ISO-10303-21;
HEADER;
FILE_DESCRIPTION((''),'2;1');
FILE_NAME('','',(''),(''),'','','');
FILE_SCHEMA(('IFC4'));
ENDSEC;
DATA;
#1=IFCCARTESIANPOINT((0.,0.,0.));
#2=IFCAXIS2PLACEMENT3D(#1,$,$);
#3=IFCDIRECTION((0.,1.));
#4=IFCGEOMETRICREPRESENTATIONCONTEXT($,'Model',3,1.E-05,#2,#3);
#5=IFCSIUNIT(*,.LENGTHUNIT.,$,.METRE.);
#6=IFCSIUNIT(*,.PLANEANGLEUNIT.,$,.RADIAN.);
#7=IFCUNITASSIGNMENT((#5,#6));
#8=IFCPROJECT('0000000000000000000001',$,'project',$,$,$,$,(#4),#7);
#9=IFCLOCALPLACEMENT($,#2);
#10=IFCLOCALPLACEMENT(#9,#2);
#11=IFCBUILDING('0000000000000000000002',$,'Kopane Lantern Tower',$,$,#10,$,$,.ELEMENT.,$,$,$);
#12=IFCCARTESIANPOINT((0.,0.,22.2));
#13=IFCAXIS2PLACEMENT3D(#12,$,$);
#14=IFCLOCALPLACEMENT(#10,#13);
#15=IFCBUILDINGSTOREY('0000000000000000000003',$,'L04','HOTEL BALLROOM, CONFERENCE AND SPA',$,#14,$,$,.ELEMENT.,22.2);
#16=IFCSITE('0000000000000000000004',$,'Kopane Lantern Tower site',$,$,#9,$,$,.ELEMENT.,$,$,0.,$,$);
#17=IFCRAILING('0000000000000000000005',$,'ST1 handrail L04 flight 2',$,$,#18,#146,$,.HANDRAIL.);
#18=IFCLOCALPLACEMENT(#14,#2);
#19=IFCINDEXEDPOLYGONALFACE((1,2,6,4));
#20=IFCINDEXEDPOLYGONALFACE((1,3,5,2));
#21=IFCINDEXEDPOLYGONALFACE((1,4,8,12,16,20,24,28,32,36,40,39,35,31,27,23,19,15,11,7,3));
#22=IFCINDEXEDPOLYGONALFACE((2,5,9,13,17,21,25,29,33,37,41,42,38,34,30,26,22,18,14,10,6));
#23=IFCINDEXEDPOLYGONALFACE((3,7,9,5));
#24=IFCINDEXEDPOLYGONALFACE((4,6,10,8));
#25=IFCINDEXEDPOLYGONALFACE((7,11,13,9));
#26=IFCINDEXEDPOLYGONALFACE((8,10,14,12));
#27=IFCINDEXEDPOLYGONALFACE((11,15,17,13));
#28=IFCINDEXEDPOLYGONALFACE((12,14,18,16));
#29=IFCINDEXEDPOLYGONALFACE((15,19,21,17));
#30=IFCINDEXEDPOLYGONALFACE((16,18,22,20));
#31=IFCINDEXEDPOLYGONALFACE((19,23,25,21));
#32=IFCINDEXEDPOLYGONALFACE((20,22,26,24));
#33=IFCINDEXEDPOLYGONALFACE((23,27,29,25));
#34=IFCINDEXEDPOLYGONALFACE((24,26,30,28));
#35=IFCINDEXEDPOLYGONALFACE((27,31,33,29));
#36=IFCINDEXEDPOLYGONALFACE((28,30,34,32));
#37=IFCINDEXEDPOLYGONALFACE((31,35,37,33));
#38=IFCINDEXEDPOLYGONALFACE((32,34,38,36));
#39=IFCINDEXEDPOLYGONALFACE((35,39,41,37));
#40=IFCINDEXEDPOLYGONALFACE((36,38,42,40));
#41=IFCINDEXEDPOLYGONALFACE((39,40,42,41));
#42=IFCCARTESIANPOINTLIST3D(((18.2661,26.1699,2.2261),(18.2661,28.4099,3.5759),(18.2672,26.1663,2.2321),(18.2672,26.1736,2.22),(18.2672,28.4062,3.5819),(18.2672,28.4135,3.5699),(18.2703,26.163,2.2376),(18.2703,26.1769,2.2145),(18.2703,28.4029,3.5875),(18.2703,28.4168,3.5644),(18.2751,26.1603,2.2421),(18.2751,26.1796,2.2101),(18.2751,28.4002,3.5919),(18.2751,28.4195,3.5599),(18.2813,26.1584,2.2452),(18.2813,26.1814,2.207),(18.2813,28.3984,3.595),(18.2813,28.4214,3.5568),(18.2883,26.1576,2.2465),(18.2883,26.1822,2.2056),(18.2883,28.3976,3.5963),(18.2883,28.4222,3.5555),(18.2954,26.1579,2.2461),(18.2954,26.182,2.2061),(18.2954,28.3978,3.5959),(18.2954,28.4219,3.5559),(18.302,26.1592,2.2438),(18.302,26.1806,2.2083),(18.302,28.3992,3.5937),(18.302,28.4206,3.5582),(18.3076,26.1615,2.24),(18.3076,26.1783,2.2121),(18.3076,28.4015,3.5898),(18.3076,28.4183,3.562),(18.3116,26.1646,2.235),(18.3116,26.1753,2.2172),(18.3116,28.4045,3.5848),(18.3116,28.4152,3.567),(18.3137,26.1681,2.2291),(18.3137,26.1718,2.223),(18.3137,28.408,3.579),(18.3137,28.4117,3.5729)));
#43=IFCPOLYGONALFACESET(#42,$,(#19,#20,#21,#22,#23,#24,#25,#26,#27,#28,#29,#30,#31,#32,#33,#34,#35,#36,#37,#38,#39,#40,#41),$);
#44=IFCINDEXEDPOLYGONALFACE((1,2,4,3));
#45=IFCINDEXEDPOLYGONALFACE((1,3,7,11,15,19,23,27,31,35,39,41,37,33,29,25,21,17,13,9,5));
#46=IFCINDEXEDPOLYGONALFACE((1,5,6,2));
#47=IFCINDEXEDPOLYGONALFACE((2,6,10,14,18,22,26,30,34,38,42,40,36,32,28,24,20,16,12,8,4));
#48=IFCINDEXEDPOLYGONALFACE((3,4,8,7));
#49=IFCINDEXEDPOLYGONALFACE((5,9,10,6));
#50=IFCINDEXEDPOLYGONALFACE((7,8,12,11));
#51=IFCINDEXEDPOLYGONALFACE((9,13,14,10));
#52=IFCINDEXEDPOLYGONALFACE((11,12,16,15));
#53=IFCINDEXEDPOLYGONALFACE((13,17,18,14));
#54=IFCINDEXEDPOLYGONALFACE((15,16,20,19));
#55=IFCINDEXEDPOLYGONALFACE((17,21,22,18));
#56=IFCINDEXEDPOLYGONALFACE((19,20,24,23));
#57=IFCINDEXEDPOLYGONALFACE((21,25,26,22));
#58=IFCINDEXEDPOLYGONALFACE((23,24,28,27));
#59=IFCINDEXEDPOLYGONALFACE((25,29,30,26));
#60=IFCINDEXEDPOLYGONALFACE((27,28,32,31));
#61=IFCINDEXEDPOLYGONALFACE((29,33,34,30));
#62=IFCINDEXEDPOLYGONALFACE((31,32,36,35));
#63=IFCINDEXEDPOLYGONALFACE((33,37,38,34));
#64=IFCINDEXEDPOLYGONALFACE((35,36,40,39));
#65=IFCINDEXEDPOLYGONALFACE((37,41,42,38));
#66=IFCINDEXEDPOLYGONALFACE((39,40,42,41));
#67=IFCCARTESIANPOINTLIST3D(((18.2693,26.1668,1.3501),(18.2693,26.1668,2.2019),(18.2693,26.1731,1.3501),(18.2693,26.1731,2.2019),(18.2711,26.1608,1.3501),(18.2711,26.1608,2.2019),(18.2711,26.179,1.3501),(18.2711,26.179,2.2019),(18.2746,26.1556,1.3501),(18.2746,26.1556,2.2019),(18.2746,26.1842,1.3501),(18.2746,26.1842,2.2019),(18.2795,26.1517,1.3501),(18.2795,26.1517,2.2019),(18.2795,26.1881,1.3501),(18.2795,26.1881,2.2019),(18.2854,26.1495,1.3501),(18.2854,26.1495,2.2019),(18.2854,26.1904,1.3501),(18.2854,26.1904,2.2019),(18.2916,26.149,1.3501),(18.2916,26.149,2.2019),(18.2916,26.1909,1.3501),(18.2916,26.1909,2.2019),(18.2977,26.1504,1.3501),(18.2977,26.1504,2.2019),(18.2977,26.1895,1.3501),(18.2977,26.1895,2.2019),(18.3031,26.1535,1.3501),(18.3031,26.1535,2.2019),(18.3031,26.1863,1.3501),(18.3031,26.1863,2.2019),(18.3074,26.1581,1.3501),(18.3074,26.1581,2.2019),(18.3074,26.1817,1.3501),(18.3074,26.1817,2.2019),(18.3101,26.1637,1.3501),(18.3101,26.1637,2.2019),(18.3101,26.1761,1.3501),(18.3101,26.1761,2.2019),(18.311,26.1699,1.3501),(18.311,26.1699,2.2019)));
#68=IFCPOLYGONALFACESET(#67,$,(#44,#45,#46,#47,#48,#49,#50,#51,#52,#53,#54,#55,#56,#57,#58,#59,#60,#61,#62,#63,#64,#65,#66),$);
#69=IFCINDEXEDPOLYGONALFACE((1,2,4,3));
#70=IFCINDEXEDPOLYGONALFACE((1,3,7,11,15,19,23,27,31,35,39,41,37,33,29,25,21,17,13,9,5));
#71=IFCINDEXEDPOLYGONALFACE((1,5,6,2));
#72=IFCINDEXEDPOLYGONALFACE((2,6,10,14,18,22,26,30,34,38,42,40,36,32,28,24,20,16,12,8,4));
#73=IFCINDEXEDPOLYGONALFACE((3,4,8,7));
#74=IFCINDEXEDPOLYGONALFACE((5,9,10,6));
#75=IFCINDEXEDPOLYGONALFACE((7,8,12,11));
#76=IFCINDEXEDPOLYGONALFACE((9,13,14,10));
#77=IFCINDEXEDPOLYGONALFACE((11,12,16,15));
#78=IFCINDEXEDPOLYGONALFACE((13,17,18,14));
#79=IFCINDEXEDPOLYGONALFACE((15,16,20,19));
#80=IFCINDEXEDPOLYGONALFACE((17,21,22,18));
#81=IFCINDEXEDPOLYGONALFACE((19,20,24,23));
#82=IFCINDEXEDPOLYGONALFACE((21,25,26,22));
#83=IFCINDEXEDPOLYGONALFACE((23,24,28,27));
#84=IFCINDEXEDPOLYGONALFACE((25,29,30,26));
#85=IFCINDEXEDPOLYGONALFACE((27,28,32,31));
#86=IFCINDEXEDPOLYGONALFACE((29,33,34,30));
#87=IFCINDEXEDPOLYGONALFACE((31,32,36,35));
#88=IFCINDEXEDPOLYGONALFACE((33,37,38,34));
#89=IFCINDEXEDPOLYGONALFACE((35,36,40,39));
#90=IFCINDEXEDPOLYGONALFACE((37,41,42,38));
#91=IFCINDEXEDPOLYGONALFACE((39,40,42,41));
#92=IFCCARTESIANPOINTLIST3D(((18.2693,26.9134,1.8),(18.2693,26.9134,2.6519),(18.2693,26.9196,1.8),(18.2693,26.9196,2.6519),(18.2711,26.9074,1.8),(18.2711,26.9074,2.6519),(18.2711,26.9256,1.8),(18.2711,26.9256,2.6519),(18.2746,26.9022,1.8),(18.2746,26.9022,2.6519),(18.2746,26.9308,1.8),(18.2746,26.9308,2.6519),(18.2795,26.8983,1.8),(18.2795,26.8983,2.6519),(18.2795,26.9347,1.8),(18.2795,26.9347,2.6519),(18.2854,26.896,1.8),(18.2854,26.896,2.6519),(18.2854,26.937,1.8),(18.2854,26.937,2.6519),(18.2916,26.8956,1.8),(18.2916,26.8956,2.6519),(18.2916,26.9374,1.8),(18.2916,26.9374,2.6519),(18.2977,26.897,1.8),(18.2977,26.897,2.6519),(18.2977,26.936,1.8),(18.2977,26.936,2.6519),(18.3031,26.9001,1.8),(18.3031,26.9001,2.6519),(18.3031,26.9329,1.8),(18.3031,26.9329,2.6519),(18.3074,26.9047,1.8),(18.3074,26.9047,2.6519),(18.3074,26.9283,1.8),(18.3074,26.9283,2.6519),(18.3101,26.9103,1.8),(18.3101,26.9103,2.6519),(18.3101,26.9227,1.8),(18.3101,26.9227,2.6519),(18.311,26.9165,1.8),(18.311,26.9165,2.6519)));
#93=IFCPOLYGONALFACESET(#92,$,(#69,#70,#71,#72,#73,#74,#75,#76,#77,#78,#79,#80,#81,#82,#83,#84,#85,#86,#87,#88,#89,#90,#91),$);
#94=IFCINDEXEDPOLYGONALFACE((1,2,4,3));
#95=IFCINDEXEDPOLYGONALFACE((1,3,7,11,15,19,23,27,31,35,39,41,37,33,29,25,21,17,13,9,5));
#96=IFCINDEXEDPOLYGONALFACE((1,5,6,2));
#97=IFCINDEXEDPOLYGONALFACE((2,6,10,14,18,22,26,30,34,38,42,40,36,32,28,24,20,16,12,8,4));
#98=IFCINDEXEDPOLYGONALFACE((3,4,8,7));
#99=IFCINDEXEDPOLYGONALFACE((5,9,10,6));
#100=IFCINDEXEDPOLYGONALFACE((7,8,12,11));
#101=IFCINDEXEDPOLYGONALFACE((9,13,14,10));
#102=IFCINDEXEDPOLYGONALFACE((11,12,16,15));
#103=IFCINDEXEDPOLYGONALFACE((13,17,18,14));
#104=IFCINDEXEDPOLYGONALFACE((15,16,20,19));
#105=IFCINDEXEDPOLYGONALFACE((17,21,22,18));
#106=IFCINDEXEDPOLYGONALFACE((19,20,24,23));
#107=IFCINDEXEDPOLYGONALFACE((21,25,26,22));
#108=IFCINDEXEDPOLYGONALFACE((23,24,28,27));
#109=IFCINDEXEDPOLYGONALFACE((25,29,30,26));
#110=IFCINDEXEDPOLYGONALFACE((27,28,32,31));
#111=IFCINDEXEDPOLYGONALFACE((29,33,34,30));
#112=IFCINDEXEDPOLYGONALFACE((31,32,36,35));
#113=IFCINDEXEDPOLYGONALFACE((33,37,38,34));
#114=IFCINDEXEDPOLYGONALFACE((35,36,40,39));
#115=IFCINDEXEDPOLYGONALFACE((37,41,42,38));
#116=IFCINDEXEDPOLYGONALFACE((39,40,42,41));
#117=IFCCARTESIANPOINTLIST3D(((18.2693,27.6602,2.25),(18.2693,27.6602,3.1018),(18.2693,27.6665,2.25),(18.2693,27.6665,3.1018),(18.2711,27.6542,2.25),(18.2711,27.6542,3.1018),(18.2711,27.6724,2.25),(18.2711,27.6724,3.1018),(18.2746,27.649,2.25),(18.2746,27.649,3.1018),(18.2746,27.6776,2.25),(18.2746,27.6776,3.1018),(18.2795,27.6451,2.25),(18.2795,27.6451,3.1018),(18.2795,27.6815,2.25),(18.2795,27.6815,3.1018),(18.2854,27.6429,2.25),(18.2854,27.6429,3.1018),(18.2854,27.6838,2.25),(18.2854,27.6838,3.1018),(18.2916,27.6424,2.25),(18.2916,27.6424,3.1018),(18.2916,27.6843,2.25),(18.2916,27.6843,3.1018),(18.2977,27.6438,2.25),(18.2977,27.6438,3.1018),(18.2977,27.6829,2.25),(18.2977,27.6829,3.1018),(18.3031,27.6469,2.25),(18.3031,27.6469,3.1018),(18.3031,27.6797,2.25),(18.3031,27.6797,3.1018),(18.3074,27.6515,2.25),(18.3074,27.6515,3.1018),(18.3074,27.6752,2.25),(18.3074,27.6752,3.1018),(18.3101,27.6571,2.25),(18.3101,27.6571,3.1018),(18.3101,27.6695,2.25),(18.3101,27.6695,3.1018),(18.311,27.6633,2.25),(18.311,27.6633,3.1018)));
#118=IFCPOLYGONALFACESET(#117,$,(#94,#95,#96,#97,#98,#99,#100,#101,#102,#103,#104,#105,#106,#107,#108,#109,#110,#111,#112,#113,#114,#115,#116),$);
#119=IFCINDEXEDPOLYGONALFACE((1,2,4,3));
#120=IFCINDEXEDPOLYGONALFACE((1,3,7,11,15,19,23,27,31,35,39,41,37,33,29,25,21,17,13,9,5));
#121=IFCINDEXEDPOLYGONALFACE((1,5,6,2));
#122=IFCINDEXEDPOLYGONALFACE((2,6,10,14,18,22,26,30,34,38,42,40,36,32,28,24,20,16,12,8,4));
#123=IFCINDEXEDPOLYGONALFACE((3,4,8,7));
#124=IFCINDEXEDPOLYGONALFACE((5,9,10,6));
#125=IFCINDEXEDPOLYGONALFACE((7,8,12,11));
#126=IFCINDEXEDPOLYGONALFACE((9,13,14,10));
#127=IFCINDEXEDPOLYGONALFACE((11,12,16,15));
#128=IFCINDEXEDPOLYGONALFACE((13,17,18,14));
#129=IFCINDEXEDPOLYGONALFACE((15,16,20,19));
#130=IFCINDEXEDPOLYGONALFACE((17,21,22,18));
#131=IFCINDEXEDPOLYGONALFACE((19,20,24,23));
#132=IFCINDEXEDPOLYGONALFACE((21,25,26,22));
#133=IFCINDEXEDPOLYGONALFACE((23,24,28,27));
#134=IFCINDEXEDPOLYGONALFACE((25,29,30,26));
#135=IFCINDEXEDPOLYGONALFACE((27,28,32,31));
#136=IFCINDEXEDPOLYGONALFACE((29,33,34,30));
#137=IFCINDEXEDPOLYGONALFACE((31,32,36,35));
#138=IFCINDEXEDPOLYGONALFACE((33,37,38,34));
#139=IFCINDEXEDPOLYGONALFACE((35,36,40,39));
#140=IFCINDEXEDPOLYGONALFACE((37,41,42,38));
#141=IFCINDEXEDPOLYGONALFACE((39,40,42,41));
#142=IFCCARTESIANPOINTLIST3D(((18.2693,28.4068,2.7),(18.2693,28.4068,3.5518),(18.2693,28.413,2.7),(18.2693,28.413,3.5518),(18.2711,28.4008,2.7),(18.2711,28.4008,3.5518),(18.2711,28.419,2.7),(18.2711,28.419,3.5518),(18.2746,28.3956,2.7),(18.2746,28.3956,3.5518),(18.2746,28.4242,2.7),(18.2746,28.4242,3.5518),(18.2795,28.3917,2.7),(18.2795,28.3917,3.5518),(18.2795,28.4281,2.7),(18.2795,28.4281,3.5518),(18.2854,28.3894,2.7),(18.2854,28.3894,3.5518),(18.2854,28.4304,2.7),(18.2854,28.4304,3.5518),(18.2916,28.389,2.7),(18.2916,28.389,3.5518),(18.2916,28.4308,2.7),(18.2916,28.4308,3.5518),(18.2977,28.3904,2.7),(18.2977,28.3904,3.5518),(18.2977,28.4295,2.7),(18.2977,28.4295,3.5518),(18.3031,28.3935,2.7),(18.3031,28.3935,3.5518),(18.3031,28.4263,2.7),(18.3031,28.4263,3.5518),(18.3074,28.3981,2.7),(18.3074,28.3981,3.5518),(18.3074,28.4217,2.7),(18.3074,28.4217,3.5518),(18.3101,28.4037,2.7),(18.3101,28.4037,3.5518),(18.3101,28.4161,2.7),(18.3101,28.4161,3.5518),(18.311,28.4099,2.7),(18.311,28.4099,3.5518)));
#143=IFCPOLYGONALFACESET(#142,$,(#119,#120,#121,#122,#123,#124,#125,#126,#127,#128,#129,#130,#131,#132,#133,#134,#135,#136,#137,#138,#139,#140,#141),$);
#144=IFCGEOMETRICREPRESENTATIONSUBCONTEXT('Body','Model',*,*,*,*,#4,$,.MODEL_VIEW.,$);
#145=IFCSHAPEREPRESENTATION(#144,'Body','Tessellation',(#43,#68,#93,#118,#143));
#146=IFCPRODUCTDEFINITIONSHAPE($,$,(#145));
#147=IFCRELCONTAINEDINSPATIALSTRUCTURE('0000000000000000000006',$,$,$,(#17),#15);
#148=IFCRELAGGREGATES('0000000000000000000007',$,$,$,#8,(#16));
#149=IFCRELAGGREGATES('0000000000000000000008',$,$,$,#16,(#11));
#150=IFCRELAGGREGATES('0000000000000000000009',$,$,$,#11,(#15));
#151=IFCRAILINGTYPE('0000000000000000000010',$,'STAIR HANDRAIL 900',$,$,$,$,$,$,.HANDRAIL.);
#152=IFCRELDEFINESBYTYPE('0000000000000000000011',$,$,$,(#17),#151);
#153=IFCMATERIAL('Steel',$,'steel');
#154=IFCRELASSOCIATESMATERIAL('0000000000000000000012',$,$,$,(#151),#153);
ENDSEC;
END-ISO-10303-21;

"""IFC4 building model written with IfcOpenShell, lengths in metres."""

from ifc_helpers import new_model, si_unit, direction, frame, origin, origin_2d, place, context, subcontext, project, spatial, circle, extrude, material, type_object, element, save


model = new_model("IFC4")

# Units and contexts
model_context = context("Model", 3, precision=1e-05, world=origin(), true_north=direction((0.0, 1.0)))
body_context = subcontext(model_context, "Body", "Model", "MODEL_VIEW")
ifc_project = project(units=[si_unit("LENGTHUNIT", "METRE"), si_unit("PLANEANGLEUNIT", "RADIAN")], contexts=[model_context])

# Site, building, storey
site_placement = place(None, origin())
site = spatial("IfcSite", under=ifc_project, at=site_placement, Name="Kopane Lantern Tower site", CompositionType="ELEMENT", RefElevation=0.0)
building_placement = place(site_placement, origin())
building = spatial("IfcBuilding", under=site, at=building_placement, Name="Kopane Lantern Tower", CompositionType="ELEMENT")
storey_placement = place(building_placement, frame((0.0, 0.0, 22.2)))
storey = spatial("IfcBuildingStorey", under=building, at=storey_placement, Name="L04", Description="HOTEL BALLROOM, CONFERENCE AND SPA", CompositionType="ELEMENT", Elevation=22.2)

# Railing
ifc_material_1 = material(Name="Steel", Category="steel")
railing_type_1 = type_object("IfcRailingType", Name="STAIR HANDRAIL 900", PredefinedType="HANDRAIL", material=ifc_material_1)
for number, where, name in (
    (1, (18.29, 26.1699, 1.3501), "ST1 handrail L04 flight 2"),
):
    element("IfcRailing", number, at=place(storey_placement, frame(where)), inside=storey, type_object=railing_type_1, Name=name, PredefinedType="HANDRAIL", context=body_context, shape_type="SweptSolid", body=[
        extrude(circle(Radius=0.0239, at=origin_2d()), frame((0.0, 0.0, 0.876), z_axis=(0.0, 0.856503, 0.516142), x_axis=(-1.0, 0.0, 0.0)), (0.0, 0.0, 1.0), 2.6152),
        extrude(circle(Radius=0.021, at=origin_2d()), origin(), (0.0, 0.0, 1.0), 0.8518),
        extrude(circle(Radius=0.021, at=origin_2d()), frame((0.0, 0.7466, 0.45)), (0.0, 0.0, 1.0), 0.8518),
        extrude(circle(Radius=0.021, at=origin_2d()), frame((0.0, 1.4934, 0.8999)), (0.0, 0.0, 1.0), 0.8518),
        extrude(circle(Radius=0.021, at=origin_2d()), frame((0.0, 2.24, 1.3499)), (0.0, 0.0, 1.0), 0.8518),
    ])

save(model, "model.ifc")
